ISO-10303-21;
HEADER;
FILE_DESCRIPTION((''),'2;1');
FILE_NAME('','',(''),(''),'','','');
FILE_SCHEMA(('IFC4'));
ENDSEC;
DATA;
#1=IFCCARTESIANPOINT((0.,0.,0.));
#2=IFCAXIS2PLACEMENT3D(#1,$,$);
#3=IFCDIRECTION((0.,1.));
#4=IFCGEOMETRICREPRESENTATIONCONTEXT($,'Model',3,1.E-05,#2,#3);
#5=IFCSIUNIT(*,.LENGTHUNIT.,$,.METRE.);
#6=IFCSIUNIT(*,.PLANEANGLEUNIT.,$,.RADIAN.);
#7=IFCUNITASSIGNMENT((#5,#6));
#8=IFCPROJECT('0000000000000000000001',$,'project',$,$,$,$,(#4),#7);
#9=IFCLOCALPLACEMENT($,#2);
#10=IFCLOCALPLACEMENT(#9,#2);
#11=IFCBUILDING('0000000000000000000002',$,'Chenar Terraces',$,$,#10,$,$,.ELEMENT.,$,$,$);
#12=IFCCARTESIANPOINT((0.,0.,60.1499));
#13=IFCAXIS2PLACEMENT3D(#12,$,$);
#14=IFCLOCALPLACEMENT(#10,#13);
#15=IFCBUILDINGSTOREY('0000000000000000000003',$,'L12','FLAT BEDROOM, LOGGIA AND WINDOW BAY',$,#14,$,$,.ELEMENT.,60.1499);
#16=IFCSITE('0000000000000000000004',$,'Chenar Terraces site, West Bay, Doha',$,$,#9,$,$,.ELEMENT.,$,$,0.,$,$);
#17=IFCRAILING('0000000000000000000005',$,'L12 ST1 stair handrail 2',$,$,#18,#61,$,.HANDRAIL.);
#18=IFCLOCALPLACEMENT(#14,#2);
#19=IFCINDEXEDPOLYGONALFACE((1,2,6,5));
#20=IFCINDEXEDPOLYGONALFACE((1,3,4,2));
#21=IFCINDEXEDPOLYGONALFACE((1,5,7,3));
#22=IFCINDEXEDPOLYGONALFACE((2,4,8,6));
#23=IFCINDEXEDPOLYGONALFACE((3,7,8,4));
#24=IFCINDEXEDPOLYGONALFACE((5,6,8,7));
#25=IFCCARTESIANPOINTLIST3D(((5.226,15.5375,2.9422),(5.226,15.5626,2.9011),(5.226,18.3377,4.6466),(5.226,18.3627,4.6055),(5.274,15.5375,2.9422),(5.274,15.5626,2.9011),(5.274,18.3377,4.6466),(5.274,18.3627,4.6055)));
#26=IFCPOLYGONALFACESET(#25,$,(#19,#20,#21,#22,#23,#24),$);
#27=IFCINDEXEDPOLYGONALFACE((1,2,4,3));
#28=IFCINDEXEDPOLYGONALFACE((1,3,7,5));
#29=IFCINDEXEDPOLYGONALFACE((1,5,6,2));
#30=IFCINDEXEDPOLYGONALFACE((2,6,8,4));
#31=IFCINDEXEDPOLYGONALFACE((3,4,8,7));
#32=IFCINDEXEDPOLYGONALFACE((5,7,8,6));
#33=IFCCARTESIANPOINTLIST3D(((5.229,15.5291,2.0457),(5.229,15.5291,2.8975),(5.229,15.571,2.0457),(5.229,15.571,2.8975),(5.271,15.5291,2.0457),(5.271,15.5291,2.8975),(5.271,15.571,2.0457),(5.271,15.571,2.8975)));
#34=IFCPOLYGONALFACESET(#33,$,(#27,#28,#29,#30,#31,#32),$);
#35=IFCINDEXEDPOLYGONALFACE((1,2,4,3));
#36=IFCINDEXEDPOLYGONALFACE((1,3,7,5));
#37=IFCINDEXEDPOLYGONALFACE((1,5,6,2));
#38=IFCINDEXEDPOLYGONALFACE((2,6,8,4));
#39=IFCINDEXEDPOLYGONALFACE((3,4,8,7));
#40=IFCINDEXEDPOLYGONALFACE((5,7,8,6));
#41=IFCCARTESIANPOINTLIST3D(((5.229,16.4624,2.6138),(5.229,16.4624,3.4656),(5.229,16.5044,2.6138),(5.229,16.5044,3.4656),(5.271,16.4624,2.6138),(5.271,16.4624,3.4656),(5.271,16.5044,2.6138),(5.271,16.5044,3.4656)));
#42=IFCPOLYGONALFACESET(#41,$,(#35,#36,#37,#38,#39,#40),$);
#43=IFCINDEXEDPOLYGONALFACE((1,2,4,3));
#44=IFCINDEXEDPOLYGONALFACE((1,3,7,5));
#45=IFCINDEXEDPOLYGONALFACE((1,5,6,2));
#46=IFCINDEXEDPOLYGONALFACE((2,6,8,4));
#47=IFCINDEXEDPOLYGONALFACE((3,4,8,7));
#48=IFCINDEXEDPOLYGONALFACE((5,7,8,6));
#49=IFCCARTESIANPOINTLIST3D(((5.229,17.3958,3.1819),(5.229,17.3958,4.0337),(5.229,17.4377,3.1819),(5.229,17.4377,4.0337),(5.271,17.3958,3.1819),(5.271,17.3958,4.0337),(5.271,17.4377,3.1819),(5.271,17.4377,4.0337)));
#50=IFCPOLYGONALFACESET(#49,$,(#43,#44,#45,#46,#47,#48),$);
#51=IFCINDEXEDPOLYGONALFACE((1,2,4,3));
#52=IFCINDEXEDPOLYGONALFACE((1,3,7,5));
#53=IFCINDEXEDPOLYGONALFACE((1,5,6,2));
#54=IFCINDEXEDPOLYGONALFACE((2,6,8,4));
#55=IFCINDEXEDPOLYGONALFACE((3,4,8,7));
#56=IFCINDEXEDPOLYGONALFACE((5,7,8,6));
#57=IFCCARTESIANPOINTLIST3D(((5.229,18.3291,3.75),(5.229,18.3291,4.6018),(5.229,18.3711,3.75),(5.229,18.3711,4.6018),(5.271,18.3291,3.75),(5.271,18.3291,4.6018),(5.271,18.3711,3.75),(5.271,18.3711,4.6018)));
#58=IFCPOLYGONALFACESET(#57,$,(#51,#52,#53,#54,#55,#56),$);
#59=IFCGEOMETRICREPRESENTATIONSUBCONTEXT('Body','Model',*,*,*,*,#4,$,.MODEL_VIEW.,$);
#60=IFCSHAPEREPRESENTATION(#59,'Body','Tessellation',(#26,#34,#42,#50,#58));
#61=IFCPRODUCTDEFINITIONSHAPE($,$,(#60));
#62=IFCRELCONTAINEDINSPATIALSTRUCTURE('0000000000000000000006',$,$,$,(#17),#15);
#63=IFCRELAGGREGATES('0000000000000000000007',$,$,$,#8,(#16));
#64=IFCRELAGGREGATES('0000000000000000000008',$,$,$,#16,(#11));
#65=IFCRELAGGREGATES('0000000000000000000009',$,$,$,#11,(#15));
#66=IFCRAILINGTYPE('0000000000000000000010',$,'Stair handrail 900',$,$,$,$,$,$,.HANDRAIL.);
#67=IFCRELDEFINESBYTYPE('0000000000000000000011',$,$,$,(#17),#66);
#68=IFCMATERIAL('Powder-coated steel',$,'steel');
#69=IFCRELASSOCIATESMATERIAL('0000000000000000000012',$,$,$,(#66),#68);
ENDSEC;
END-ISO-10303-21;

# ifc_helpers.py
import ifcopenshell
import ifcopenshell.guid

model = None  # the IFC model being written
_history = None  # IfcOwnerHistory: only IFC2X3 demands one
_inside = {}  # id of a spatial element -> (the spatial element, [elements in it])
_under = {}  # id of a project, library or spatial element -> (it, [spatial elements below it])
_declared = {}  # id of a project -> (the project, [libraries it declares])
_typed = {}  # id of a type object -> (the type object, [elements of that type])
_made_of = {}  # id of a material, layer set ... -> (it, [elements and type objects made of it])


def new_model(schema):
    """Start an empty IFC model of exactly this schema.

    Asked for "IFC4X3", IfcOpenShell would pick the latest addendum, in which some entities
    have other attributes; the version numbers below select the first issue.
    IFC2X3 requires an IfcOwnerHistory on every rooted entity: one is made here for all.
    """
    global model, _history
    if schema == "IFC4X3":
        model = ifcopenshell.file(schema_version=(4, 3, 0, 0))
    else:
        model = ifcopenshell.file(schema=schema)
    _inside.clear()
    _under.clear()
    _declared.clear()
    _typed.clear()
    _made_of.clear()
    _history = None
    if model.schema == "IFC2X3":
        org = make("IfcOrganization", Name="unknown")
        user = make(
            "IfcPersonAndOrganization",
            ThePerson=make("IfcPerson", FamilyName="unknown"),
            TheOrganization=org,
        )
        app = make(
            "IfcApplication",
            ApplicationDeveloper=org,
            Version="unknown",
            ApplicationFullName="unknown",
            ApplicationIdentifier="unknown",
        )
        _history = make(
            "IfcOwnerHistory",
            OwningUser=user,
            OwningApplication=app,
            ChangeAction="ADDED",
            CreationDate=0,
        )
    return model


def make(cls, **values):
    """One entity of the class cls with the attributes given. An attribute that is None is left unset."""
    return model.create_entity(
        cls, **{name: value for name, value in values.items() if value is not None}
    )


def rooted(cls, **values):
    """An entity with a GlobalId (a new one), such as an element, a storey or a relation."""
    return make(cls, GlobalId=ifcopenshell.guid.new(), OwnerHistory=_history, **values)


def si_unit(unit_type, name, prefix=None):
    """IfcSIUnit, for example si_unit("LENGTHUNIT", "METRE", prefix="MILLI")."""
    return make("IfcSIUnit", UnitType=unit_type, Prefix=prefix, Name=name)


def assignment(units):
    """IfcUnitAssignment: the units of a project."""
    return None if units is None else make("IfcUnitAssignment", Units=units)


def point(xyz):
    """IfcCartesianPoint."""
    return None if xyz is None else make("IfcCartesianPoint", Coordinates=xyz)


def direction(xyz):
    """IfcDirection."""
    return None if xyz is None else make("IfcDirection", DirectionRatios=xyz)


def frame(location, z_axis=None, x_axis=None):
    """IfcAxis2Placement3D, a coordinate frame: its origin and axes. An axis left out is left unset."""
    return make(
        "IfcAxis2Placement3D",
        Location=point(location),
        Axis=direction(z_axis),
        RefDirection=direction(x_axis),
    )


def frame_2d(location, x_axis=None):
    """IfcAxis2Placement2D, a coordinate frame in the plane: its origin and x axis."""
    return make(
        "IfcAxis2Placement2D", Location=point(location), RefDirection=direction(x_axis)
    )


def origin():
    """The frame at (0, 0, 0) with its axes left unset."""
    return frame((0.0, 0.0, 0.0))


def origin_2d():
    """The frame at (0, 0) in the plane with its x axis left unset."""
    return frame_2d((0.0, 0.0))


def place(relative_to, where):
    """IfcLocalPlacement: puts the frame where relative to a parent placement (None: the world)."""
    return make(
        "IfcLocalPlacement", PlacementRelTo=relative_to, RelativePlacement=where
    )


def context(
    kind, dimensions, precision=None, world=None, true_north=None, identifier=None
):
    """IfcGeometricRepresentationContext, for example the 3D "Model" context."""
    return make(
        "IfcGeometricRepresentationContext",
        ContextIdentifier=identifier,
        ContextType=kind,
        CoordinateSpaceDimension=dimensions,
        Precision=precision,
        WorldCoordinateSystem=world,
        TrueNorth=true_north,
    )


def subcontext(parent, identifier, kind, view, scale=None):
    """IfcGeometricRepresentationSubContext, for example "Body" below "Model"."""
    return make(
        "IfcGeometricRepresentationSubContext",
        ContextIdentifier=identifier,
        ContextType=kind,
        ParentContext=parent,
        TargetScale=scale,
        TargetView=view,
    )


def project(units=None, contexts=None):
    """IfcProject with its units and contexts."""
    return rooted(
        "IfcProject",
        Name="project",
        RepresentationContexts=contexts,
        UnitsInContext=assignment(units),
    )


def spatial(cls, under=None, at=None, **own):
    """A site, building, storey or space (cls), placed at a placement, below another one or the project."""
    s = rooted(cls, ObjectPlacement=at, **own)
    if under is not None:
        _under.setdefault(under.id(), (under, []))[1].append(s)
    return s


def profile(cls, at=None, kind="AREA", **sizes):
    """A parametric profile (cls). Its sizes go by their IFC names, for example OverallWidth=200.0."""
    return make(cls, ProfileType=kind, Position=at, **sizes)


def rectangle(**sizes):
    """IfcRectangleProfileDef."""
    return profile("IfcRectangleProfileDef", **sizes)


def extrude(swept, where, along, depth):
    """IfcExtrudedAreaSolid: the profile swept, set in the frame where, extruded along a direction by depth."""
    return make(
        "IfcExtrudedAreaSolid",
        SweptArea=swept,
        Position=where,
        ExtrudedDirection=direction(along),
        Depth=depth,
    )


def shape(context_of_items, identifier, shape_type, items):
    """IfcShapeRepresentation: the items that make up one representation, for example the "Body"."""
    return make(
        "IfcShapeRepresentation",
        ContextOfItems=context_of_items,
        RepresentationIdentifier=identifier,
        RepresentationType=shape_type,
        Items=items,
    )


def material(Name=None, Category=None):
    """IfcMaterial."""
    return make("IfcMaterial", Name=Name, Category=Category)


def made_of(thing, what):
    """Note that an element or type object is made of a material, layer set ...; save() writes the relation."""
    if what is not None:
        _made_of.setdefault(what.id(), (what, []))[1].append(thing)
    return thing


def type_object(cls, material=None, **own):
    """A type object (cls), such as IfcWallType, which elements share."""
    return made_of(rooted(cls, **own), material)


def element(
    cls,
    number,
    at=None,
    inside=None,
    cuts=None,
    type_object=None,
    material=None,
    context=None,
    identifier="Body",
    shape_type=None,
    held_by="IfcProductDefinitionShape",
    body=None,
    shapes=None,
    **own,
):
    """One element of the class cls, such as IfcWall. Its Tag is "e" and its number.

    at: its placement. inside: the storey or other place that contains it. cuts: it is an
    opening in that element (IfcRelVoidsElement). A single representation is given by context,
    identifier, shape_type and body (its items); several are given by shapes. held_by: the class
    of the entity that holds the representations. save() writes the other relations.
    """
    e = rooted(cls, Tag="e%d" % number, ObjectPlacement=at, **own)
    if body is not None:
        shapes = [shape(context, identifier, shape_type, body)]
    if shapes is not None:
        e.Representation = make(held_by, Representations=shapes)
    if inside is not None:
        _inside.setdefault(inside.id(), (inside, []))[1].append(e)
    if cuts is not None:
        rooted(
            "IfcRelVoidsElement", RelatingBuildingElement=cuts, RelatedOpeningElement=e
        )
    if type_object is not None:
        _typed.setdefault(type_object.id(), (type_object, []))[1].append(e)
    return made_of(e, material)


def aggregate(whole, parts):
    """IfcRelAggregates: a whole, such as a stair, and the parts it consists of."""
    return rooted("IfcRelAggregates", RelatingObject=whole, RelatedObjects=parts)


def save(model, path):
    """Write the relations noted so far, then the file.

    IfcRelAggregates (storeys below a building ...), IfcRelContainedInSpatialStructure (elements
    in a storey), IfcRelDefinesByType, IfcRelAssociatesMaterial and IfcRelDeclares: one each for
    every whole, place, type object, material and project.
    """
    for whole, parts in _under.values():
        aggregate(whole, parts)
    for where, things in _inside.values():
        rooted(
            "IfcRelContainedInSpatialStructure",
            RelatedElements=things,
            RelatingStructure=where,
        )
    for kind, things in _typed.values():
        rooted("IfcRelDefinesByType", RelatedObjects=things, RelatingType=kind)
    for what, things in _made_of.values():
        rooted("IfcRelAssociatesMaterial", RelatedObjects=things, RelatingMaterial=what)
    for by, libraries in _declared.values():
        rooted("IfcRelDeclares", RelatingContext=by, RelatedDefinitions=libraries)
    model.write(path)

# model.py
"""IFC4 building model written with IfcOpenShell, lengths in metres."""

from ifc_helpers import new_model, si_unit, direction, frame, origin, origin_2d, place, context, subcontext, project, spatial, rectangle, extrude, material, type_object, element, save


model = new_model("IFC4")

# Units and contexts
model_context = context("Model", 3, precision=1e-05, world=origin(), true_north=direction((0.0, 1.0)))
body_context = subcontext(model_context, "Body", "Model", "MODEL_VIEW")
ifc_project = project(units=[si_unit("LENGTHUNIT", "METRE"), si_unit("PLANEANGLEUNIT", "RADIAN")], contexts=[model_context])

# Site, building, storey
site_placement = place(None, origin())
site = spatial("IfcSite", under=ifc_project, at=site_placement, Name="Chenar Terraces site, West Bay, Doha", CompositionType="ELEMENT", RefElevation=0.0)
building_placement = place(site_placement, origin())
building = spatial("IfcBuilding", under=site, at=building_placement, Name="Chenar Terraces", CompositionType="ELEMENT")
storey_placement = place(building_placement, frame((0.0, 0.0, 60.1499)))
storey = spatial("IfcBuildingStorey", under=building, at=storey_placement, Name="L12", Description="FLAT BEDROOM, LOGGIA AND WINDOW BAY", CompositionType="ELEMENT", Elevation=60.1499)

# Railing
ifc_material_1 = material(Name="Powder-coated steel", Category="steel")
railing_type_1 = type_object("IfcRailingType", Name="Stair handrail 900", PredefinedType="HANDRAIL", material=ifc_material_1)
railing_1_placement = place(storey_placement, frame((5.25, 15.55, 2.0457)))
element("IfcRailing", 1, at=railing_1_placement, inside=storey, type_object=railing_type_1, Name="L12 ST1 stair handrail 2", PredefinedType="HANDRAIL", context=body_context, shape_type="SweptSolid", body=[
    extrude(rectangle(XDim=0.0481, YDim=0.0481, at=origin_2d()), frame((0.0, 0.0, 0.876), z_axis=(0.0, 0.854203, 0.51994), x_axis=(-1.0, 0.0, 0.0)), (0.0, 0.0, 1.0), 3.2781),
    extrude(rectangle(XDim=0.042, YDim=0.042, at=origin_2d()), origin(), (0.0, 0.0, 1.0), 0.8518),
    extrude(rectangle(XDim=0.042, YDim=0.042, at=origin_2d()), frame((0.0, 0.9333, 0.5681)), (0.0, 0.0, 1.0), 0.8518),
    extrude(rectangle(XDim=0.042, YDim=0.042, at=origin_2d()), frame((0.0, 1.8667, 1.1362)), (0.0, 0.0, 1.0), 0.8518),
    extrude(rectangle(XDim=0.042, YDim=0.042, at=origin_2d()), frame((0.0, 2.8, 1.7043)), (0.0, 0.0, 1.0), 0.8518),
])

save(model, "model.ifc")
